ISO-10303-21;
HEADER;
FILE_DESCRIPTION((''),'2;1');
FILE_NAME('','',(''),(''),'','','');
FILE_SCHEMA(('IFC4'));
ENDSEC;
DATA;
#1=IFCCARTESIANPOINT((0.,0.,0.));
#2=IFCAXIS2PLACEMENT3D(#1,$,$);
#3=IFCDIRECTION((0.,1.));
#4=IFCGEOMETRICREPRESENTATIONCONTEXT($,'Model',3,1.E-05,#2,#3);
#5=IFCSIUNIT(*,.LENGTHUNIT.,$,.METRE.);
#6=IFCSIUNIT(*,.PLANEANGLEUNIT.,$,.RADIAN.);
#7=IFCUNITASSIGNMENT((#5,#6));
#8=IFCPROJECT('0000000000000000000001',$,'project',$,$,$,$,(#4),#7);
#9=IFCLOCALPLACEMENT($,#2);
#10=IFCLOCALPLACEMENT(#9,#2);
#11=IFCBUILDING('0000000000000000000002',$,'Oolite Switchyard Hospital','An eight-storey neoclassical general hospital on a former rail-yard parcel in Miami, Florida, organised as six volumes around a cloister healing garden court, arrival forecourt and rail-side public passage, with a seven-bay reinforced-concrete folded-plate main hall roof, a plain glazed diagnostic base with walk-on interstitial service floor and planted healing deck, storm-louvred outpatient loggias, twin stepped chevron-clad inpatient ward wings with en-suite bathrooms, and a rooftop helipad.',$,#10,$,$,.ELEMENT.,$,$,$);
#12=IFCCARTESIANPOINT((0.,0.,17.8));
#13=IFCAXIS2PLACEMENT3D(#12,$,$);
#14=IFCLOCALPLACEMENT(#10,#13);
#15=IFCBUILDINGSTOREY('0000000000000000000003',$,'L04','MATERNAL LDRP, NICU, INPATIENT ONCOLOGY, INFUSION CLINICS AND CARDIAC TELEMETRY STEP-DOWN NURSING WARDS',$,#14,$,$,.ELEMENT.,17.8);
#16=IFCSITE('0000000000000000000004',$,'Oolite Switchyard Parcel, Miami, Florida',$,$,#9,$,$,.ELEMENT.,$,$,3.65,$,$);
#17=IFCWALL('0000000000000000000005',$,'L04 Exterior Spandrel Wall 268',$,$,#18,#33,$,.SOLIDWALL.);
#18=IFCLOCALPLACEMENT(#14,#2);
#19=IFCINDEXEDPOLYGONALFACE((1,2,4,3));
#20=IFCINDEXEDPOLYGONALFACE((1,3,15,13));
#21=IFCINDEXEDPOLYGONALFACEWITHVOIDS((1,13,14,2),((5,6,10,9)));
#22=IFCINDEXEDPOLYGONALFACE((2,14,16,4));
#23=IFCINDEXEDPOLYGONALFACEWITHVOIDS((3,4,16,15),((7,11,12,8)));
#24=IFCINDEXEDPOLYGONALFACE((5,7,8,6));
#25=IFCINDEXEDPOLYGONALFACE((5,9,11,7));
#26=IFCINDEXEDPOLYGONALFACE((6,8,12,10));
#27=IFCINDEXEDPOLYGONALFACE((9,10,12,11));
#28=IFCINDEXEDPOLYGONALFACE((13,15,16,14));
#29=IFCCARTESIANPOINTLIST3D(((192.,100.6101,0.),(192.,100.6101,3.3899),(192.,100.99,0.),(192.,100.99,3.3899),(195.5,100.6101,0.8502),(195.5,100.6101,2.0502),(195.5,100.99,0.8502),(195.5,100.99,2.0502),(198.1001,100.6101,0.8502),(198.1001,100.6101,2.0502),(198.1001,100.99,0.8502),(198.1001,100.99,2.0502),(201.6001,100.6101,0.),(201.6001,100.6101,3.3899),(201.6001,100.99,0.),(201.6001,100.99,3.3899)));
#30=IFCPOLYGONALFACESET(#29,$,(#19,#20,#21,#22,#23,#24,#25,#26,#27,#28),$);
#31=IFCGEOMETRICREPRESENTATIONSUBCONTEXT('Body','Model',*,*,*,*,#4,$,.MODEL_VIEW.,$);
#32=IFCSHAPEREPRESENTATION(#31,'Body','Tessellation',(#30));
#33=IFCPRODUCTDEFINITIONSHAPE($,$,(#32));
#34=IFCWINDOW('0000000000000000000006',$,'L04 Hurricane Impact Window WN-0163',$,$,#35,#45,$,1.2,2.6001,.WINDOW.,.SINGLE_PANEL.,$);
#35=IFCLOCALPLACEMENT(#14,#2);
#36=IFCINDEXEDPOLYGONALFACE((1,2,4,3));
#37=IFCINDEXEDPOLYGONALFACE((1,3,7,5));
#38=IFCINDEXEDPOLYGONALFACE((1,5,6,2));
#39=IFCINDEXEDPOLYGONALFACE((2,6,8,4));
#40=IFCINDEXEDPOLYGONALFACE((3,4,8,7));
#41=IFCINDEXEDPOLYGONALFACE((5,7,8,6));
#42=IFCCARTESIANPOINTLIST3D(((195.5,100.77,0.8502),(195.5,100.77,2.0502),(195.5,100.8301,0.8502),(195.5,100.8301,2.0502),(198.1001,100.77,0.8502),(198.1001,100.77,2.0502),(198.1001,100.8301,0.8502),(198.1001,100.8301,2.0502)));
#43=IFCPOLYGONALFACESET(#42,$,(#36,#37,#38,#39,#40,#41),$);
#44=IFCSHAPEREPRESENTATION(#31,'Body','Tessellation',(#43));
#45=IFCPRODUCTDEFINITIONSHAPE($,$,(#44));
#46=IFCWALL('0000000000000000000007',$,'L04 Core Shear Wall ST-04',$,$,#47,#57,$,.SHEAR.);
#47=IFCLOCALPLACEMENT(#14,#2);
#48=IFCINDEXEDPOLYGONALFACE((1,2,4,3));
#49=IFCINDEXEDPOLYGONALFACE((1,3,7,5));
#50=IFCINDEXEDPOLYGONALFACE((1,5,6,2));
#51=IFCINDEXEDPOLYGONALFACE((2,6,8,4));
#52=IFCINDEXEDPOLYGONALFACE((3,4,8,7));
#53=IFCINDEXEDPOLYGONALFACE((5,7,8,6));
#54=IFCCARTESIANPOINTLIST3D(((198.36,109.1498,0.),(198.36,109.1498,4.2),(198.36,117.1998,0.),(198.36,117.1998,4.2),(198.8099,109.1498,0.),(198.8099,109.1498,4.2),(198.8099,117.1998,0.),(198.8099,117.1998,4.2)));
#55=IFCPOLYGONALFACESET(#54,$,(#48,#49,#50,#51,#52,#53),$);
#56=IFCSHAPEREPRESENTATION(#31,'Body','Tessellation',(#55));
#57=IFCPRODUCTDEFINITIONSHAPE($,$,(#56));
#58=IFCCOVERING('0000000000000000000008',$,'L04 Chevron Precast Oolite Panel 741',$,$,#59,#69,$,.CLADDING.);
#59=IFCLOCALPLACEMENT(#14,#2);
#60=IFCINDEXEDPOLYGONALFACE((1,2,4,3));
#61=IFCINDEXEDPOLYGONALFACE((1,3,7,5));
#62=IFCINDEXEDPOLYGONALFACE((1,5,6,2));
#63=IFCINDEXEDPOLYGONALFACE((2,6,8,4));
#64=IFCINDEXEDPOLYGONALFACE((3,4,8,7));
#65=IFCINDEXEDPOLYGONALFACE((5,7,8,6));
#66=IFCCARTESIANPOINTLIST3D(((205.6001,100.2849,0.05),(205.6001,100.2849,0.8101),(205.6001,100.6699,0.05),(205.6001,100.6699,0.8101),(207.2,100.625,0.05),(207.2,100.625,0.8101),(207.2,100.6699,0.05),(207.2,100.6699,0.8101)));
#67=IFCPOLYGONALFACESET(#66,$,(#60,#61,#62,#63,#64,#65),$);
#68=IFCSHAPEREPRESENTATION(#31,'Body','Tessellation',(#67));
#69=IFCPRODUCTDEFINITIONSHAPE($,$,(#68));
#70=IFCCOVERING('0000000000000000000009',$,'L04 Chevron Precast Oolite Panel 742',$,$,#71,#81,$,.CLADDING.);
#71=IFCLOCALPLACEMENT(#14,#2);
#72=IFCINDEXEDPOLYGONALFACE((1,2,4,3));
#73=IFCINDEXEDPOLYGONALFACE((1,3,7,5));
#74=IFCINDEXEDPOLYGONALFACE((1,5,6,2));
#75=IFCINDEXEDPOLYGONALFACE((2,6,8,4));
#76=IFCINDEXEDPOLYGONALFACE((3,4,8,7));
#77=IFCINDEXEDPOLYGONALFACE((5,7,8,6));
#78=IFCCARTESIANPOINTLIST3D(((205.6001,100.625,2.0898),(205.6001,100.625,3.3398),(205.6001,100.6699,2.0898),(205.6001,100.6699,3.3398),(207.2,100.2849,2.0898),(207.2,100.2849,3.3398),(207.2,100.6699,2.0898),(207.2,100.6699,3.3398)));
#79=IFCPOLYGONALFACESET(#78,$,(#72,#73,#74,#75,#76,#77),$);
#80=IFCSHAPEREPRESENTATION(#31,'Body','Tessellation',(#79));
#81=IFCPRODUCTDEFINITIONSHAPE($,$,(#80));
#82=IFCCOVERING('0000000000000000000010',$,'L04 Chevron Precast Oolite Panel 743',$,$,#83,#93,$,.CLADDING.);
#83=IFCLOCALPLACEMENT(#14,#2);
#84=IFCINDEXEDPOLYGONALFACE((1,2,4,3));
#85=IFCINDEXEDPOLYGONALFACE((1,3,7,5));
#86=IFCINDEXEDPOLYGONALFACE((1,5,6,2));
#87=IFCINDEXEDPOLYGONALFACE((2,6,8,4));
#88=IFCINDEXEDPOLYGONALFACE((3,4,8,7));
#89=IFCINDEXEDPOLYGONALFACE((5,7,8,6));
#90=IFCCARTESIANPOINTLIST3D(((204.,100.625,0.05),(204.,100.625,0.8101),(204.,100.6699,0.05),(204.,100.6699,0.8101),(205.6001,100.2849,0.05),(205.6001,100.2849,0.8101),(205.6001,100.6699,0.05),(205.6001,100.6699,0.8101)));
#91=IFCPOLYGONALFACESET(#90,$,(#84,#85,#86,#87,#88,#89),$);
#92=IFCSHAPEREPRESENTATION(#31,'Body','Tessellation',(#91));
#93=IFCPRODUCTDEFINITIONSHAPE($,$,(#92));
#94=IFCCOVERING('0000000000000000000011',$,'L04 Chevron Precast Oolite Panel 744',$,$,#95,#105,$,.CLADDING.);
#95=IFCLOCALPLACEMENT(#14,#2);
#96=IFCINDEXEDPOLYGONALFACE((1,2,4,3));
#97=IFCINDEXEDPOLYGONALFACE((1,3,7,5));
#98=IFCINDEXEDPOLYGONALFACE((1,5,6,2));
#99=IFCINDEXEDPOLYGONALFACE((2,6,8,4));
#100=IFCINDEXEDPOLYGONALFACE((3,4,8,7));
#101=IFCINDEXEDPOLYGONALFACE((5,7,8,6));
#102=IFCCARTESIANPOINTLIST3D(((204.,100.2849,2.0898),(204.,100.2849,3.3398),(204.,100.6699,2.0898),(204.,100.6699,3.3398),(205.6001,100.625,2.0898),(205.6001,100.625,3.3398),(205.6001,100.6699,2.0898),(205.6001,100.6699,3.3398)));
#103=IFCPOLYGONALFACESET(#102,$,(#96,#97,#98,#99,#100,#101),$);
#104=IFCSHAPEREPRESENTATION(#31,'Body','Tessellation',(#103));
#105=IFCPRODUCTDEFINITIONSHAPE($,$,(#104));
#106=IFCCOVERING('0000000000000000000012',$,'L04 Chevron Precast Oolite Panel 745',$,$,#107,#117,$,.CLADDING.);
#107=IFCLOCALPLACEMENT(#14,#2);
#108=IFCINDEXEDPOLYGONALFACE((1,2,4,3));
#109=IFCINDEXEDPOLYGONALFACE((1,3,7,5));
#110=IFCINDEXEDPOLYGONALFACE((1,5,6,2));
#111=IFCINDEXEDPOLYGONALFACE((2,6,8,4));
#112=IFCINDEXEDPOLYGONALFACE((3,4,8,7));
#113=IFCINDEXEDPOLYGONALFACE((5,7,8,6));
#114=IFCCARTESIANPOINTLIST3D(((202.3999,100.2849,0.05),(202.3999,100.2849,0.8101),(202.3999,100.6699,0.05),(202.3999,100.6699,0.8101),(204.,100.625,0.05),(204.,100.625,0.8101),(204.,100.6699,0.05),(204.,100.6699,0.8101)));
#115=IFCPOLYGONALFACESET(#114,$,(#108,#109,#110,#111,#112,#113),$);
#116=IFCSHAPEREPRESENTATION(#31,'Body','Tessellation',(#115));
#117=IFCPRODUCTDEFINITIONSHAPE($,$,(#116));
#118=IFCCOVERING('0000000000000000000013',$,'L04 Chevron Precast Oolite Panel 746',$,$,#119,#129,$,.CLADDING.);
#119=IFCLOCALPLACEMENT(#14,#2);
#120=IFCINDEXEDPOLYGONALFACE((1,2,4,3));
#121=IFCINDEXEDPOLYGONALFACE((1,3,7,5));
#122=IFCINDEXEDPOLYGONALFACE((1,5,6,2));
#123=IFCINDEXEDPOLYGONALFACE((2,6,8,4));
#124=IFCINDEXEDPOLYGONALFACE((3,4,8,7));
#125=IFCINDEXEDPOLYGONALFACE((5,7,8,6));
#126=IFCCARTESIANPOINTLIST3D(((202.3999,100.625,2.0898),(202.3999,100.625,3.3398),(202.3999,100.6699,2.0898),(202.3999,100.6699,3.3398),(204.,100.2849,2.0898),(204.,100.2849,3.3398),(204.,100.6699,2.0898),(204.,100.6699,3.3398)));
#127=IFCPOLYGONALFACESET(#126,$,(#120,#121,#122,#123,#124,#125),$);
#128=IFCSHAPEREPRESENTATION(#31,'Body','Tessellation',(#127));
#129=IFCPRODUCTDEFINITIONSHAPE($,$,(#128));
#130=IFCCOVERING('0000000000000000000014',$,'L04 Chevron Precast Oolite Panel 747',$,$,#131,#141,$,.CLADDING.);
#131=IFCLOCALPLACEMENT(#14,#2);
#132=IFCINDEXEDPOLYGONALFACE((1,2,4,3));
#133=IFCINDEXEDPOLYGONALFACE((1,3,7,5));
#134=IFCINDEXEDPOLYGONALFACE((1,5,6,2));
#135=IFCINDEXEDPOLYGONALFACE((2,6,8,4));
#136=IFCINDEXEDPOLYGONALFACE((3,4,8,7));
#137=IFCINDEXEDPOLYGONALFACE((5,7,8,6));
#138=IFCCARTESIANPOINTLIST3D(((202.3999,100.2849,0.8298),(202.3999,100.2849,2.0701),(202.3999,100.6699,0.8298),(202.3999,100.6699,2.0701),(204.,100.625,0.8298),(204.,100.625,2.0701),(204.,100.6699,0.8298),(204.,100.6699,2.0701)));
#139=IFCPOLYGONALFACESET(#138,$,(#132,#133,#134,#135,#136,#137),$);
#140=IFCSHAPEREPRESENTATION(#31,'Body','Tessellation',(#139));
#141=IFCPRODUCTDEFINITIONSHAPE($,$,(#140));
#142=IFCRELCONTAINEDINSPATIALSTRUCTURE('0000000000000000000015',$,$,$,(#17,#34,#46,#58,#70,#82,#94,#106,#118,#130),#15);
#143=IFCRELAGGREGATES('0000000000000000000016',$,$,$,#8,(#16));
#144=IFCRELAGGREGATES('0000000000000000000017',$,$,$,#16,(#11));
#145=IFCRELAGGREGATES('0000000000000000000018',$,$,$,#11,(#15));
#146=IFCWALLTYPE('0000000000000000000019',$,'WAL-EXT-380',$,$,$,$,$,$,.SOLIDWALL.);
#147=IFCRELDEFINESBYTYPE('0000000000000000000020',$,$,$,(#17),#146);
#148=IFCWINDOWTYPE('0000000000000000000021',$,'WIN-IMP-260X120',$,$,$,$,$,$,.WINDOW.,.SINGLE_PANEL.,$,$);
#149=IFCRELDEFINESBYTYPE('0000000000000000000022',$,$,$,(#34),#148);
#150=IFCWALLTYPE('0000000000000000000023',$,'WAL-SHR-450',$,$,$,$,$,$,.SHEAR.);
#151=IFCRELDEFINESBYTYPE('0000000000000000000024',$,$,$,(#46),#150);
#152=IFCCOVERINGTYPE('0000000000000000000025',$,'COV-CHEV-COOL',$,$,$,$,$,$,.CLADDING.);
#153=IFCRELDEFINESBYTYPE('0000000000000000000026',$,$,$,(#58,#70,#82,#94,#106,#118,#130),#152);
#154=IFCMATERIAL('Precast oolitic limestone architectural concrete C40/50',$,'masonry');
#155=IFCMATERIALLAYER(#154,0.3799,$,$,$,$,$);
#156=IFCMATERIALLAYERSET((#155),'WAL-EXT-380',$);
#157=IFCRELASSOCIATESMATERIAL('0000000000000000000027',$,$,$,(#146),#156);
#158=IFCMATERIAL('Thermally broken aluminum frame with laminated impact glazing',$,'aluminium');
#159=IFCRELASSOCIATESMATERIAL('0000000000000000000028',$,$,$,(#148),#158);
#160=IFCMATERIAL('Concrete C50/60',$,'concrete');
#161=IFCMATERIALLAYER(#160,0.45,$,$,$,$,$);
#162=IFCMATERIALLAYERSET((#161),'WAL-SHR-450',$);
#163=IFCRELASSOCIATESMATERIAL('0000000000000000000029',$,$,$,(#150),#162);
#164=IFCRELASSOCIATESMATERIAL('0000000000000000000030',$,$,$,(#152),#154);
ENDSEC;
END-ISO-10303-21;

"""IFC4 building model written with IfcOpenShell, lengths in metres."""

from ifc_helpers import new_model, si_unit, direction, frame, frame_2d, origin, place, context, subcontext, project, spatial, polyline, rectangle, outline, extrude, material, layer, layer_set, type_object, element, fill, save


model = new_model("IFC4")

# Units and contexts
model_context = context("Model", 3, precision=1e-05, world=origin(), true_north=direction((0.0, 1.0)))
body_context = subcontext(model_context, "Body", "Model", "MODEL_VIEW")
ifc_project = project(units=[si_unit("LENGTHUNIT", "METRE"), si_unit("PLANEANGLEUNIT", "RADIAN")], contexts=[model_context])

# Site, building, storey
site_placement = place(None, origin())
site = spatial("IfcSite", under=ifc_project, at=site_placement, Name="Oolite Switchyard Parcel, Miami, Florida", CompositionType="ELEMENT", RefElevation=3.65)
building_placement = place(site_placement, origin())
building = spatial("IfcBuilding", under=site, at=building_placement, Name="Oolite Switchyard Hospital", Description="An eight-storey neoclassical general hospital on a former rail-yard parcel in Miami, Florida, organised as six volumes around a cloister healing garden court, arrival forecourt and rail-side public passage, with a seven-bay reinforced-concrete folded-plate main hall roof, a plain glazed diagnostic base with walk-on interstitial service floor and planted healing deck, storm-louvred outpatient loggias, twin stepped chevron-clad inpatient ward wings with en-suite bathrooms, and a rooftop helipad.", CompositionType="ELEMENT")
storey_placement = place(building_placement, frame((0.0, 0.0, 17.8)))
storey = spatial("IfcBuildingStorey", under=building, at=storey_placement, Name="L04", Description="MATERNAL LDRP, NICU, INPATIENT ONCOLOGY, INFUSION CLINICS AND CARDIAC TELEMETRY STEP-DOWN NURSING WARDS", CompositionType="ELEMENT", Elevation=17.8)

# Shared definitions
ifc_material_1 = material(Name="Concrete C50/60", Category="concrete")

# Wall, opening, window
ifc_material_2 = material(Name="Precast oolitic limestone architectural concrete C40/50", Category="masonry")
ifc_layer_1 = layer(ifc_material_2, 0.3799)
ifc_layer_set_1 = layer_set([ifc_layer_1], Name="WAL-EXT-380")
wall_type_1 = type_object("IfcWallType", Name="WAL-EXT-380", PredefinedType="SOLIDWALL", material=ifc_layer_set_1)
wall_1_placement = place(storey_placement, frame((201.6001, 100.8, 0.0), z_axis=(0.0, 0.0, 1.0), x_axis=(-1.0, 0.0, 0.0)))
wall_1 = element("IfcWall", 1, at=wall_1_placement, inside=storey, type_object=wall_type_1, Name="L04 Exterior Spandrel Wall 268", PredefinedType="SOLIDWALL", context=body_context, shape_type="SweptSolid", body=[
    extrude(rectangle(XDim=9.6001, YDim=0.3799, at=frame_2d((4.8, 0.0))), origin(), (0.0, 0.0, 1.0), 3.3899),
])
opening_placement = place(wall_1_placement, frame((3.5, 0.0, 0.8501)))
opening = element("IfcOpeningElement", 2, at=opening_placement, cuts=wall_1, PredefinedType="OPENING", context=body_context, shape_type="SweptSolid", body=[
    extrude(rectangle(XDim=2.6001, YDim=1.2, at=frame_2d((1.3, 0.6001))), frame((0.0, 0.2, 0.0), z_axis=(0.0, -1.0, 0.0), x_axis=(1.0, 0.0, 0.0)), (0.0, 0.0, 1.0), 0.3999),
])
ifc_material_3 = material(Name="Thermally broken aluminum frame with laminated impact glazing", Category="aluminium")
window_type = type_object("IfcWindowType", Name="WIN-IMP-260X120", PartitioningType="SINGLE_PANEL", PredefinedType="WINDOW", material=ifc_material_3)
window_placement = place(opening_placement, origin())
window = element("IfcWindow", 3, at=window_placement, inside=storey, type_object=window_type, Name="L04 Hurricane Impact Window WN-0163", OverallHeight=1.2, OverallWidth=2.6001, PartitioningType="SINGLE_PANEL", PredefinedType="WINDOW", context=body_context, shape_type="SweptSolid", body=[
    extrude(rectangle(XDim=2.6001, YDim=1.2, at=frame_2d((1.3, 0.6001))), frame((0.0, 0.03, 0.0), z_axis=(0.0, -1.0, 0.0), x_axis=(1.0, 0.0, 0.0)), (0.0, 0.0, 1.0), 0.0601),
])
fill(opening, window)

# Wall
ifc_layer_2 = layer(ifc_material_1, 0.45)
ifc_layer_set_2 = layer_set([ifc_layer_2], Name="WAL-SHR-450")
wall_type_2 = type_object("IfcWallType", Name="WAL-SHR-450", PredefinedType="SHEAR", material=ifc_layer_set_2)
wall_2_placement = place(storey_placement, frame((198.585, 109.1499, 0.0), z_axis=(0.0, 0.0, 1.0), x_axis=(0.0, 1.0, 0.0)))
element("IfcWall", 4, at=wall_2_placement, inside=storey, type_object=wall_type_2, Name="L04 Core Shear Wall ST-04", PredefinedType="SHEAR", context=body_context, shape_type="SweptSolid", body=[
    extrude(rectangle(XDim=8.05, YDim=0.45, at=frame_2d((4.0249, 0.0))), origin(), (0.0, 0.0, 1.0), 4.2),
])

# Coverings
covering_type = type_object("IfcCoveringType", Name="COV-CHEV-COOL", PredefinedType="CLADDING", material=ifc_material_2)
covering_1_placement = place(storey_placement, frame((207.2, 100.6699, 0.05), z_axis=(0.0, 0.0, 1.0), x_axis=(-1.0, 0.0, 0.0)))
element("IfcCovering", 5, at=covering_1_placement, inside=storey, type_object=covering_type, Name="L04 Chevron Precast Oolite Panel 741", PredefinedType="CLADDING", context=body_context, shape_type="SweptSolid", body=[
    extrude(outline(polyline([(0.0, 0.0), (1.5999, 0.0), (1.5999, 0.385), (0.0, 0.0449), (0.0, 0.0)])), origin(), (0.0, 0.0, 1.0), 0.76),
])
covering_2_placement = place(storey_placement, frame((207.2, 100.6699, 2.0898), z_axis=(0.0, 0.0, 1.0), x_axis=(-1.0, 0.0, 0.0)))
element("IfcCovering", 6, at=covering_2_placement, inside=storey, type_object=covering_type, Name="L04 Chevron Precast Oolite Panel 742", PredefinedType="CLADDING", context=body_context, shape_type="SweptSolid", body=[
    extrude(outline(polyline([(0.0, 0.0), (1.5999, 0.0), (1.5999, 0.0449), (0.0, 0.385), (0.0, 0.0)])), origin(), (0.0, 0.0, 1.0), 1.25),
])
covering_3_placement = place(storey_placement, frame((205.6001, 100.6699, 0.05), z_axis=(0.0, 0.0, 1.0), x_axis=(-1.0, 0.0, 0.0)))
element("IfcCovering", 7, at=covering_3_placement, inside=storey, type_object=covering_type, Name="L04 Chevron Precast Oolite Panel 743", PredefinedType="CLADDING", context=body_context, shape_type="SweptSolid", body=[
    extrude(outline(polyline([(0.0, 0.0), (1.6001, 0.0), (1.6001, 0.0449), (0.0, 0.385), (0.0, 0.0)])), origin(), (0.0, 0.0, 1.0), 0.76),
])
covering_4_placement = place(storey_placement, frame((205.6001, 100.6699, 2.0898), z_axis=(0.0, 0.0, 1.0), x_axis=(-1.0, 0.0, 0.0)))
element("IfcCovering", 8, at=covering_4_placement, inside=storey, type_object=covering_type, Name="L04 Chevron Precast Oolite Panel 744", PredefinedType="CLADDING", context=body_context, shape_type="SweptSolid", body=[
    extrude(outline(polyline([(0.0, 0.0), (1.6001, 0.0), (1.6001, 0.385), (0.0, 0.0449), (0.0, 0.0)])), origin(), (0.0, 0.0, 1.0), 1.25),
])
covering_5_placement = place(storey_placement, frame((204.0, 100.6699, 0.05), z_axis=(0.0, 0.0, 1.0), x_axis=(-1.0, 0.0, 0.0)))
element("IfcCovering", 9, at=covering_5_placement, inside=storey, type_object=covering_type, Name="L04 Chevron Precast Oolite Panel 745", PredefinedType="CLADDING", context=body_context, shape_type="SweptSolid", body=[
    extrude(outline(polyline([(0.0, 0.0), (1.6001, 0.0), (1.6001, 0.385), (0.0, 0.0449), (0.0, 0.0)])), origin(), (0.0, 0.0, 1.0), 0.76),
])
covering_6_placement = place(storey_placement, frame((204.0, 100.6699, 2.0898), z_axis=(0.0, 0.0, 1.0), x_axis=(-1.0, 0.0, 0.0)))
element("IfcCovering", 10, at=covering_6_placement, inside=storey, type_object=covering_type, Name="L04 Chevron Precast Oolite Panel 746", PredefinedType="CLADDING", context=body_context, shape_type="SweptSolid", body=[
    extrude(outline(polyline([(0.0, 0.0), (1.6001, 0.0), (1.6001, 0.0449), (0.0, 0.385), (0.0, 0.0)])), origin(), (0.0, 0.0, 1.0), 1.25),
])
covering_7_placement = place(storey_placement, frame((204.0, 100.6699, 0.8298), z_axis=(0.0, 0.0, 1.0), x_axis=(-1.0, 0.0, 0.0)))
element("IfcCovering", 11, at=covering_7_placement, inside=storey, type_object=covering_type, Name="L04 Chevron Precast Oolite Panel 747", PredefinedType="CLADDING", context=body_context, shape_type="SweptSolid", body=[
    extrude(outline(polyline([(0.0, 0.0), (1.6001, 0.0), (1.6001, 0.385), (0.0, 0.0449), (0.0, 0.0)])), origin(), (0.0, 0.0, 1.0), 1.2402),
])

save(model, "model.ifc")
